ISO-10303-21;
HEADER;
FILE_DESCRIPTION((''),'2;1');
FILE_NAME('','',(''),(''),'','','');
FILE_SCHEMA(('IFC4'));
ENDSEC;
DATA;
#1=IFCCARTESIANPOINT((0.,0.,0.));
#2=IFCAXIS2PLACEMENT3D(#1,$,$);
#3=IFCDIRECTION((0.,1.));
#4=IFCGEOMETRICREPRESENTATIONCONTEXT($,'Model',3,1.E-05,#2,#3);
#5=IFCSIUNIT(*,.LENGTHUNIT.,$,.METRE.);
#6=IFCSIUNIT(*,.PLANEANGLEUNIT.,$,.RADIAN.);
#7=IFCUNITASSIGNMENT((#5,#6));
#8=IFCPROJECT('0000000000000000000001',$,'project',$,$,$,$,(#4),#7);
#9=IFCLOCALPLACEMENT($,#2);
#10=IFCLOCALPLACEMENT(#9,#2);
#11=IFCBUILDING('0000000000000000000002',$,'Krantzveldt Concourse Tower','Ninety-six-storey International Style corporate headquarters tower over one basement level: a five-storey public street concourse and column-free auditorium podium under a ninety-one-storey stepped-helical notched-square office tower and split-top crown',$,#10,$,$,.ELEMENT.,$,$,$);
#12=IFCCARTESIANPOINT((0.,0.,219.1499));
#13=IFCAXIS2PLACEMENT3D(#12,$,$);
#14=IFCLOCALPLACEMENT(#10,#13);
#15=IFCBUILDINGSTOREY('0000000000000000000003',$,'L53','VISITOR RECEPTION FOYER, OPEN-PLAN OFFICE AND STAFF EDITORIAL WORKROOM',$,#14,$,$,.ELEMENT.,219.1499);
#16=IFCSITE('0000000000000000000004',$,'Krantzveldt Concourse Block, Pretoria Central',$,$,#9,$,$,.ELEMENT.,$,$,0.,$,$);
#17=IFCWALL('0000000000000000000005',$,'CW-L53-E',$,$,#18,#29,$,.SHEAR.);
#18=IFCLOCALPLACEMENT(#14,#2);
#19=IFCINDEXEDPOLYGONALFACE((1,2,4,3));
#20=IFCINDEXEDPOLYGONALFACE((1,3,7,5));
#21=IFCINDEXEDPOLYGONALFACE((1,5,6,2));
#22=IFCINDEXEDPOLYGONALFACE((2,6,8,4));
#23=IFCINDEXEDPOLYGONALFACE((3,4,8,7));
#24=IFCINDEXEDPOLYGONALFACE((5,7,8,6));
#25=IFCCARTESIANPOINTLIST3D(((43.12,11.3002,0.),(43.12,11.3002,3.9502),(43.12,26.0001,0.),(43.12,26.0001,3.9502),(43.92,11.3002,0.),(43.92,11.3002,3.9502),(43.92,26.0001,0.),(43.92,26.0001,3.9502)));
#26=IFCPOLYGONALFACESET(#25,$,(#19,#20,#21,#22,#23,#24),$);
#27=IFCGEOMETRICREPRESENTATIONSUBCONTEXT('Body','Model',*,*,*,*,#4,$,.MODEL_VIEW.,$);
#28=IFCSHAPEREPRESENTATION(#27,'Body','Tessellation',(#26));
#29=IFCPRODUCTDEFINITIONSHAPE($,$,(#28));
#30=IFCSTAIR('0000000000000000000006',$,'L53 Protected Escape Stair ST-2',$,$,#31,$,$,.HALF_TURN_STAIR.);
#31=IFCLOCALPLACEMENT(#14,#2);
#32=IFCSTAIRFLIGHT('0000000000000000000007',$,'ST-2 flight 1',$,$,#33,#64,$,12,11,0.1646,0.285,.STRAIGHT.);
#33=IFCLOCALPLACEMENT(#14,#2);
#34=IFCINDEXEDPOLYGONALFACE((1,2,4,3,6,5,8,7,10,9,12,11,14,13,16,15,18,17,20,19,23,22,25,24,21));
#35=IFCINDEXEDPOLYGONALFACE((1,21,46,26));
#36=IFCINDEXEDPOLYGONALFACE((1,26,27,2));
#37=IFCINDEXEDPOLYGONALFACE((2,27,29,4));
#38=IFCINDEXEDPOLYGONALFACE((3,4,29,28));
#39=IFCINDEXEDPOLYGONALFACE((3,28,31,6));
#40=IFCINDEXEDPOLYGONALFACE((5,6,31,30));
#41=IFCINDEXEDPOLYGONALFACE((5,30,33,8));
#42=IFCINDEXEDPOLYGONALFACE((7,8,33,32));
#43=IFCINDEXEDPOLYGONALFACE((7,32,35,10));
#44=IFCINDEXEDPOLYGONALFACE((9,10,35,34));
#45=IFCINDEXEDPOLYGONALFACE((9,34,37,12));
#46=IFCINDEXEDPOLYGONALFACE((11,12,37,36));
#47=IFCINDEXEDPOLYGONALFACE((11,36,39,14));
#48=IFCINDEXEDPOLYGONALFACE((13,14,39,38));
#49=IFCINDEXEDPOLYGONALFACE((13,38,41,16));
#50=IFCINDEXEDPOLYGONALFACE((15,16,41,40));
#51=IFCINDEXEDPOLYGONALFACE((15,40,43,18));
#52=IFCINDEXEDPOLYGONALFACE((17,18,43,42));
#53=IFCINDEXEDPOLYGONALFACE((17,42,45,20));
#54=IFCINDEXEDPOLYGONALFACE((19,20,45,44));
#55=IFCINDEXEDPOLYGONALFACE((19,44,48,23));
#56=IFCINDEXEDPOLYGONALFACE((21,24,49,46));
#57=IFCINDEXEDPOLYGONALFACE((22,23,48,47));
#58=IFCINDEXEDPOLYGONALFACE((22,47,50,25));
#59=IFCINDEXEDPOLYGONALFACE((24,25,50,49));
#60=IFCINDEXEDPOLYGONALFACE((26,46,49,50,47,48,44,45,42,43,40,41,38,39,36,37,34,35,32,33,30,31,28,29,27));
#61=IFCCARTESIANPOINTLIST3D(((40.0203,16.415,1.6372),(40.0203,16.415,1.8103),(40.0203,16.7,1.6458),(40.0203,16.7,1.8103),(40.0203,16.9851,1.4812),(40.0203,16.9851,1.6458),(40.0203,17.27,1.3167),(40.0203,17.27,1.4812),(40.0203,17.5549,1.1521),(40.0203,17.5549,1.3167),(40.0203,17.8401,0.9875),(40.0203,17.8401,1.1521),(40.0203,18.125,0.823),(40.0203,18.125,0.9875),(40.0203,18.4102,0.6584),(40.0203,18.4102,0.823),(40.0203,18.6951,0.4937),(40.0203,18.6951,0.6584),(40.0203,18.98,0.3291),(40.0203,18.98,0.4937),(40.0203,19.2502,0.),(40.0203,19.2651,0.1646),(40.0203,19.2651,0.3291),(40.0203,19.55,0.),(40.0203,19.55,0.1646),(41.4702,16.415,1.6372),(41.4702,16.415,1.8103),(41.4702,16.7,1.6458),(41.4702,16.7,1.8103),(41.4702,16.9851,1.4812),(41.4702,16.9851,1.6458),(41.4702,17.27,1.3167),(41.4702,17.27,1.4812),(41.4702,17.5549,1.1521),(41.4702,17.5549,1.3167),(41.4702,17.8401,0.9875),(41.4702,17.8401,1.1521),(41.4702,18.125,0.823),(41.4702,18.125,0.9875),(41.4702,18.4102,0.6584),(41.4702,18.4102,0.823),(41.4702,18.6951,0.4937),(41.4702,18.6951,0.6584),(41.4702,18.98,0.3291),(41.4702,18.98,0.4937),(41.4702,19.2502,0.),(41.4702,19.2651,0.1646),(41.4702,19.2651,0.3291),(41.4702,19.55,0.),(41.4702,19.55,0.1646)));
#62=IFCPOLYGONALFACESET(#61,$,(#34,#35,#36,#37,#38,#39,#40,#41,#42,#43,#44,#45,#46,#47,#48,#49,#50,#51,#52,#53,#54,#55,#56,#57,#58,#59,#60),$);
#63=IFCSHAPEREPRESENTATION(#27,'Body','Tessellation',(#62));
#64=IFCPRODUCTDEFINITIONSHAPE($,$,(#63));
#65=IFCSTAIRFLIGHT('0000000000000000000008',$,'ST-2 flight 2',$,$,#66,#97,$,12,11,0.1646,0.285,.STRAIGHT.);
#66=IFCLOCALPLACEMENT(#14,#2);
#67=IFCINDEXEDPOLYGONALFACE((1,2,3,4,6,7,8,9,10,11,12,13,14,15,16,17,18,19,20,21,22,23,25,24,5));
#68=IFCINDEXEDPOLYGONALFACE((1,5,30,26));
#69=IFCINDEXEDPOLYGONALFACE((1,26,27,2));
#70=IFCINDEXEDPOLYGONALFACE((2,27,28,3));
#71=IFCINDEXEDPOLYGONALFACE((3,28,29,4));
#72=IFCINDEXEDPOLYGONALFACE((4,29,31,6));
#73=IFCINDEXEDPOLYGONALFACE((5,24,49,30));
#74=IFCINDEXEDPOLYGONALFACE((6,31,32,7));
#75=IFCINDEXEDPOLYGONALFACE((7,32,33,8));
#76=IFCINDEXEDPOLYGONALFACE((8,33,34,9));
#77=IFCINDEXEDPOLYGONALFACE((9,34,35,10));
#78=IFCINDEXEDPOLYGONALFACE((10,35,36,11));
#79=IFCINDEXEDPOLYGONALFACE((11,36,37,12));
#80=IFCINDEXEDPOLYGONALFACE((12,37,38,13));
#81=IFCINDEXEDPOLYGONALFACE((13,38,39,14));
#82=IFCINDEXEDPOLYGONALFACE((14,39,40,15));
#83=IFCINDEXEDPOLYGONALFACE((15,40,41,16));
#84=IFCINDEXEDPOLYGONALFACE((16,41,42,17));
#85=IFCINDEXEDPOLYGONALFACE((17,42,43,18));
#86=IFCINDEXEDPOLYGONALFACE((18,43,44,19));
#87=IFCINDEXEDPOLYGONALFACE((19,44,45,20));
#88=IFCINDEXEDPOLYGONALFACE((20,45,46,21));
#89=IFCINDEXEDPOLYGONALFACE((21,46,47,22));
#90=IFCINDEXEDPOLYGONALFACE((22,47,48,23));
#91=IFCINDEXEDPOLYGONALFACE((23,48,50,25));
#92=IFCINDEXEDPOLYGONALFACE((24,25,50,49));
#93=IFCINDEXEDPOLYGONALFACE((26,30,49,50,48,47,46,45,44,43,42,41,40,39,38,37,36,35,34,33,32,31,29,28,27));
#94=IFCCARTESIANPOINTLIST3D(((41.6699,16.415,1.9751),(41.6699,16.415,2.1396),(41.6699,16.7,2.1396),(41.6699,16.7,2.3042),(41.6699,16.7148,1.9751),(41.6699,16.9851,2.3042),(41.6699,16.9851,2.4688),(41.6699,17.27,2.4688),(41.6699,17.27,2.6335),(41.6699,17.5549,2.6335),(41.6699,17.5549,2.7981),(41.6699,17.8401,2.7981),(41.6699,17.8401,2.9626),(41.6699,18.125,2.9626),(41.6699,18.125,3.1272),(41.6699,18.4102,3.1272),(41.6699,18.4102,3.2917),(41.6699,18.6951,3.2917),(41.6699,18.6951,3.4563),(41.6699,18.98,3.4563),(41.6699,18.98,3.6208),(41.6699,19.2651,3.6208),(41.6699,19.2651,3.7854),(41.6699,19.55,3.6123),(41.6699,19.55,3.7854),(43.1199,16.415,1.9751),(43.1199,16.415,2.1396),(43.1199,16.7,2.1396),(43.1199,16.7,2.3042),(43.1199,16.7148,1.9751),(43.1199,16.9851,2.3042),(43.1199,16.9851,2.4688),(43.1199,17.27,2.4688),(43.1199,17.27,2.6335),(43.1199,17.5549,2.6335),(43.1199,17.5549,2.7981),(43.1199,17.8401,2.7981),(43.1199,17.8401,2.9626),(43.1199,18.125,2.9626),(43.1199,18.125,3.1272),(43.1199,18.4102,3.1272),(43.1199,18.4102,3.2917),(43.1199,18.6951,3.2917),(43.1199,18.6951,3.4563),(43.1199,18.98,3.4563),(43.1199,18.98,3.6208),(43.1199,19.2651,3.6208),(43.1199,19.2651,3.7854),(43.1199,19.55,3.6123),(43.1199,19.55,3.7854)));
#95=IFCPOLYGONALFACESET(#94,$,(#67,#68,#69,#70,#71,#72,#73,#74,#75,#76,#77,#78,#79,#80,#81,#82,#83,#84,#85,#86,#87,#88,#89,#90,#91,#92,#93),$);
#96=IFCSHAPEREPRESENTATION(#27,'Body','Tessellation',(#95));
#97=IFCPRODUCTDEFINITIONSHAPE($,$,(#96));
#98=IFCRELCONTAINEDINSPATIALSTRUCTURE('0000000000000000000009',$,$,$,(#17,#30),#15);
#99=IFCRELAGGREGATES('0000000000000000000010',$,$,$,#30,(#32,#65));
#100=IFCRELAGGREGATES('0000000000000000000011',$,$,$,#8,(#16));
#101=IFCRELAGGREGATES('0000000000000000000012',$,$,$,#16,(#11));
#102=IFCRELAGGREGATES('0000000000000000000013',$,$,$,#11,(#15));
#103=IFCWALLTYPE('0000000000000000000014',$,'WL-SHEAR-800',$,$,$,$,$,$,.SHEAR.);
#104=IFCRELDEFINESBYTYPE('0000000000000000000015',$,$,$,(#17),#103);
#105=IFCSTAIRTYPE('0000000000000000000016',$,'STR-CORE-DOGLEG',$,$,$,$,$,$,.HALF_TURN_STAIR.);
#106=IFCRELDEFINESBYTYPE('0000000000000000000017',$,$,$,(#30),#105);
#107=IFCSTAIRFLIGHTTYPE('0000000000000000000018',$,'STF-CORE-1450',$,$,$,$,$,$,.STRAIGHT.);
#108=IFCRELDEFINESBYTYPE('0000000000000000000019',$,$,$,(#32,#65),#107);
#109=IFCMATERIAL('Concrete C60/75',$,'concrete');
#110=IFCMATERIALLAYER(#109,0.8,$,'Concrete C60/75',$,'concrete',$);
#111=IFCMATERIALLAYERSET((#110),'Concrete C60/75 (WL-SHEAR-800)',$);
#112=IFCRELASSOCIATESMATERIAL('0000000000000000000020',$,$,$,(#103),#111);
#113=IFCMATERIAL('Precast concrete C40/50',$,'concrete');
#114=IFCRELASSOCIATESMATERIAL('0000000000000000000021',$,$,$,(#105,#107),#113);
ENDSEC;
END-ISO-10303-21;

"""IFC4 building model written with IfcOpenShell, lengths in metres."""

from ifc_helpers import new_model, si_unit, direction, frame, frame_2d, origin, place, context, subcontext, project, spatial, polyline, rectangle, outline, extrude, material, layer, layer_set, type_object, element, aggregate, save


model = new_model("IFC4")

# Units and contexts
model_context = context("Model", 3, precision=1e-05, world=origin(), true_north=direction((0.0, 1.0)))
body_context = subcontext(model_context, "Body", "Model", "MODEL_VIEW")
ifc_project = project(units=[si_unit("LENGTHUNIT", "METRE"), si_unit("PLANEANGLEUNIT", "RADIAN")], contexts=[model_context])

# Site, building, storey
site_placement = place(None, origin())
site = spatial("IfcSite", under=ifc_project, at=site_placement, Name="Krantzveldt Concourse Block, Pretoria Central", CompositionType="ELEMENT", RefElevation=0.0)
building_placement = place(site_placement, origin())
building = spatial("IfcBuilding", under=site, at=building_placement, Name="Krantzveldt Concourse Tower", Description="Ninety-six-storey International Style corporate headquarters tower over one basement level: a five-storey public street concourse and column-free auditorium podium under a ninety-one-storey stepped-helical notched-square office tower and split-top crown", CompositionType="ELEMENT")
storey_placement = place(building_placement, frame((0.0, 0.0, 219.1499)))
storey = spatial("IfcBuildingStorey", under=building, at=storey_placement, Name="L53", Description="VISITOR RECEPTION FOYER, OPEN-PLAN OFFICE AND STAFF EDITORIAL WORKROOM", CompositionType="ELEMENT", Elevation=219.1499)

# Wall
ifc_material_1 = material(Name="Concrete C60/75", Category="concrete")
ifc_layer_1 = layer(ifc_material_1, 0.8, Name="Concrete C60/75", Category="concrete")
ifc_layer_set_1 = layer_set([ifc_layer_1], Name="Concrete C60/75 (WL-SHEAR-800)")
wall_type_1 = type_object("IfcWallType", Name="WL-SHEAR-800", PredefinedType="SHEAR", material=ifc_layer_set_1)
wall_1_placement = place(storey_placement, frame((43.52, 11.3, 0.0), z_axis=(0.0, 0.0, 1.0), x_axis=(0.0, 1.0, 0.0)))
element("IfcWall", 1, at=wall_1_placement, inside=storey, type_object=wall_type_1, Name="CW-L53-E", PredefinedType="SHEAR", context=body_context, shape_type="SweptSolid", body=[
    extrude(rectangle(XDim=14.7, YDim=0.8, at=frame_2d((7.3501, 0.0))), origin(), (0.0, 0.0, 1.0), 3.9502),
])

# Stair, stair flights
ifc_material_2 = material(Name="Precast concrete C40/50", Category="concrete")
stair_type = type_object("IfcStairType", Name="STR-CORE-DOGLEG", PredefinedType="HALF_TURN_STAIR", material=ifc_material_2)
stair_placement = place(storey_placement, origin())
stair = element("IfcStair", 2, at=stair_placement, inside=storey, type_object=stair_type, Name="L53 Protected Escape Stair ST-2", PredefinedType="HALF_TURN_STAIR")
stair_flight_type = type_object("IfcStairFlightType", Name="STF-CORE-1450", PredefinedType="STRAIGHT", material=ifc_material_2)
stair_flight_1_placement = place(storey_placement, frame((40.7451, 19.55, 0.0), z_axis=(0.0, 0.0, 1.0), x_axis=(0.0, -1.0, 0.0)))
stair_flight_1 = element("IfcStairFlight", 3, at=stair_flight_1_placement, type_object=stair_flight_type, Name="ST-2 flight 1", NumberOfRisers=12, NumberOfTreads=11, PredefinedType="STRAIGHT", RiserHeight=0.1646, TreadLength=0.285, context=body_context, shape_type="SweptSolid", body=[
    extrude(outline(polyline([(0.0, 0.0), (0.0, 0.1646), (0.2849, 0.1646), (0.2849, 0.3291), (0.5701, 0.3291), (0.5701, 0.4937), (0.855, 0.4937), (0.855, 0.6584), (1.1399, 0.6584), (1.1399, 0.823), (1.425, 0.823), (1.425, 0.9875), (1.71, 0.9875), (1.71, 1.1521), (1.9951, 1.1521), (1.9951, 1.3167), (2.28, 1.3167), (2.28, 1.4812), (2.5649, 1.4812), (2.5649, 1.6458), (2.8501, 1.6458), (2.8501, 1.8103), (3.135, 1.8103), (3.135, 1.9751), (3.135, 1.6372), (0.2998, 0.0), (0.0, 0.0)])), frame((0.0, 0.7251, 0.0), z_axis=(0.0, -1.0, 0.0), x_axis=(1.0, 0.0, 0.0)), (0.0, 0.0, 1.0), 1.45),
])
stair_flight_2_placement = place(storey_placement, frame((42.395, 16.415, 1.9751), z_axis=(0.0, 0.0, 1.0), x_axis=(0.0, 1.0, 0.0)))
stair_flight_2 = element("IfcStairFlight", 4, at=stair_flight_2_placement, type_object=stair_flight_type, Name="ST-2 flight 2", NumberOfRisers=12, NumberOfTreads=11, PredefinedType="STRAIGHT", RiserHeight=0.1646, TreadLength=0.285, context=body_context, shape_type="SweptSolid", body=[
    extrude(outline(polyline([(0.0, 0.0), (0.0, 0.1646), (0.2849, 0.1646), (0.2849, 0.3291), (0.5701, 0.3291), (0.5701, 0.4937), (0.855, 0.4937), (0.855, 0.6584), (1.1399, 0.6584), (1.1399, 0.823), (1.425, 0.823), (1.425, 0.9875), (1.71, 0.9875), (1.71, 1.1521), (1.9951, 1.1521), (1.9951, 1.3167), (2.28, 1.3167), (2.28, 1.4812), (2.5649, 1.4812), (2.5649, 1.6458), (2.8501, 1.6458), (2.8501, 1.8103), (3.135, 1.8103), (3.135, 1.9751), (3.135, 1.6372), (0.2998, 0.0), (0.0, 0.0)])), frame((0.0, 0.7251, 0.0), z_axis=(0.0, -1.0, 0.0), x_axis=(1.0, 0.0, 0.0)), (0.0, 0.0, 1.0), 1.45),
])
aggregate(stair, [stair_flight_1, stair_flight_2])

save(model, "model.ifc")
